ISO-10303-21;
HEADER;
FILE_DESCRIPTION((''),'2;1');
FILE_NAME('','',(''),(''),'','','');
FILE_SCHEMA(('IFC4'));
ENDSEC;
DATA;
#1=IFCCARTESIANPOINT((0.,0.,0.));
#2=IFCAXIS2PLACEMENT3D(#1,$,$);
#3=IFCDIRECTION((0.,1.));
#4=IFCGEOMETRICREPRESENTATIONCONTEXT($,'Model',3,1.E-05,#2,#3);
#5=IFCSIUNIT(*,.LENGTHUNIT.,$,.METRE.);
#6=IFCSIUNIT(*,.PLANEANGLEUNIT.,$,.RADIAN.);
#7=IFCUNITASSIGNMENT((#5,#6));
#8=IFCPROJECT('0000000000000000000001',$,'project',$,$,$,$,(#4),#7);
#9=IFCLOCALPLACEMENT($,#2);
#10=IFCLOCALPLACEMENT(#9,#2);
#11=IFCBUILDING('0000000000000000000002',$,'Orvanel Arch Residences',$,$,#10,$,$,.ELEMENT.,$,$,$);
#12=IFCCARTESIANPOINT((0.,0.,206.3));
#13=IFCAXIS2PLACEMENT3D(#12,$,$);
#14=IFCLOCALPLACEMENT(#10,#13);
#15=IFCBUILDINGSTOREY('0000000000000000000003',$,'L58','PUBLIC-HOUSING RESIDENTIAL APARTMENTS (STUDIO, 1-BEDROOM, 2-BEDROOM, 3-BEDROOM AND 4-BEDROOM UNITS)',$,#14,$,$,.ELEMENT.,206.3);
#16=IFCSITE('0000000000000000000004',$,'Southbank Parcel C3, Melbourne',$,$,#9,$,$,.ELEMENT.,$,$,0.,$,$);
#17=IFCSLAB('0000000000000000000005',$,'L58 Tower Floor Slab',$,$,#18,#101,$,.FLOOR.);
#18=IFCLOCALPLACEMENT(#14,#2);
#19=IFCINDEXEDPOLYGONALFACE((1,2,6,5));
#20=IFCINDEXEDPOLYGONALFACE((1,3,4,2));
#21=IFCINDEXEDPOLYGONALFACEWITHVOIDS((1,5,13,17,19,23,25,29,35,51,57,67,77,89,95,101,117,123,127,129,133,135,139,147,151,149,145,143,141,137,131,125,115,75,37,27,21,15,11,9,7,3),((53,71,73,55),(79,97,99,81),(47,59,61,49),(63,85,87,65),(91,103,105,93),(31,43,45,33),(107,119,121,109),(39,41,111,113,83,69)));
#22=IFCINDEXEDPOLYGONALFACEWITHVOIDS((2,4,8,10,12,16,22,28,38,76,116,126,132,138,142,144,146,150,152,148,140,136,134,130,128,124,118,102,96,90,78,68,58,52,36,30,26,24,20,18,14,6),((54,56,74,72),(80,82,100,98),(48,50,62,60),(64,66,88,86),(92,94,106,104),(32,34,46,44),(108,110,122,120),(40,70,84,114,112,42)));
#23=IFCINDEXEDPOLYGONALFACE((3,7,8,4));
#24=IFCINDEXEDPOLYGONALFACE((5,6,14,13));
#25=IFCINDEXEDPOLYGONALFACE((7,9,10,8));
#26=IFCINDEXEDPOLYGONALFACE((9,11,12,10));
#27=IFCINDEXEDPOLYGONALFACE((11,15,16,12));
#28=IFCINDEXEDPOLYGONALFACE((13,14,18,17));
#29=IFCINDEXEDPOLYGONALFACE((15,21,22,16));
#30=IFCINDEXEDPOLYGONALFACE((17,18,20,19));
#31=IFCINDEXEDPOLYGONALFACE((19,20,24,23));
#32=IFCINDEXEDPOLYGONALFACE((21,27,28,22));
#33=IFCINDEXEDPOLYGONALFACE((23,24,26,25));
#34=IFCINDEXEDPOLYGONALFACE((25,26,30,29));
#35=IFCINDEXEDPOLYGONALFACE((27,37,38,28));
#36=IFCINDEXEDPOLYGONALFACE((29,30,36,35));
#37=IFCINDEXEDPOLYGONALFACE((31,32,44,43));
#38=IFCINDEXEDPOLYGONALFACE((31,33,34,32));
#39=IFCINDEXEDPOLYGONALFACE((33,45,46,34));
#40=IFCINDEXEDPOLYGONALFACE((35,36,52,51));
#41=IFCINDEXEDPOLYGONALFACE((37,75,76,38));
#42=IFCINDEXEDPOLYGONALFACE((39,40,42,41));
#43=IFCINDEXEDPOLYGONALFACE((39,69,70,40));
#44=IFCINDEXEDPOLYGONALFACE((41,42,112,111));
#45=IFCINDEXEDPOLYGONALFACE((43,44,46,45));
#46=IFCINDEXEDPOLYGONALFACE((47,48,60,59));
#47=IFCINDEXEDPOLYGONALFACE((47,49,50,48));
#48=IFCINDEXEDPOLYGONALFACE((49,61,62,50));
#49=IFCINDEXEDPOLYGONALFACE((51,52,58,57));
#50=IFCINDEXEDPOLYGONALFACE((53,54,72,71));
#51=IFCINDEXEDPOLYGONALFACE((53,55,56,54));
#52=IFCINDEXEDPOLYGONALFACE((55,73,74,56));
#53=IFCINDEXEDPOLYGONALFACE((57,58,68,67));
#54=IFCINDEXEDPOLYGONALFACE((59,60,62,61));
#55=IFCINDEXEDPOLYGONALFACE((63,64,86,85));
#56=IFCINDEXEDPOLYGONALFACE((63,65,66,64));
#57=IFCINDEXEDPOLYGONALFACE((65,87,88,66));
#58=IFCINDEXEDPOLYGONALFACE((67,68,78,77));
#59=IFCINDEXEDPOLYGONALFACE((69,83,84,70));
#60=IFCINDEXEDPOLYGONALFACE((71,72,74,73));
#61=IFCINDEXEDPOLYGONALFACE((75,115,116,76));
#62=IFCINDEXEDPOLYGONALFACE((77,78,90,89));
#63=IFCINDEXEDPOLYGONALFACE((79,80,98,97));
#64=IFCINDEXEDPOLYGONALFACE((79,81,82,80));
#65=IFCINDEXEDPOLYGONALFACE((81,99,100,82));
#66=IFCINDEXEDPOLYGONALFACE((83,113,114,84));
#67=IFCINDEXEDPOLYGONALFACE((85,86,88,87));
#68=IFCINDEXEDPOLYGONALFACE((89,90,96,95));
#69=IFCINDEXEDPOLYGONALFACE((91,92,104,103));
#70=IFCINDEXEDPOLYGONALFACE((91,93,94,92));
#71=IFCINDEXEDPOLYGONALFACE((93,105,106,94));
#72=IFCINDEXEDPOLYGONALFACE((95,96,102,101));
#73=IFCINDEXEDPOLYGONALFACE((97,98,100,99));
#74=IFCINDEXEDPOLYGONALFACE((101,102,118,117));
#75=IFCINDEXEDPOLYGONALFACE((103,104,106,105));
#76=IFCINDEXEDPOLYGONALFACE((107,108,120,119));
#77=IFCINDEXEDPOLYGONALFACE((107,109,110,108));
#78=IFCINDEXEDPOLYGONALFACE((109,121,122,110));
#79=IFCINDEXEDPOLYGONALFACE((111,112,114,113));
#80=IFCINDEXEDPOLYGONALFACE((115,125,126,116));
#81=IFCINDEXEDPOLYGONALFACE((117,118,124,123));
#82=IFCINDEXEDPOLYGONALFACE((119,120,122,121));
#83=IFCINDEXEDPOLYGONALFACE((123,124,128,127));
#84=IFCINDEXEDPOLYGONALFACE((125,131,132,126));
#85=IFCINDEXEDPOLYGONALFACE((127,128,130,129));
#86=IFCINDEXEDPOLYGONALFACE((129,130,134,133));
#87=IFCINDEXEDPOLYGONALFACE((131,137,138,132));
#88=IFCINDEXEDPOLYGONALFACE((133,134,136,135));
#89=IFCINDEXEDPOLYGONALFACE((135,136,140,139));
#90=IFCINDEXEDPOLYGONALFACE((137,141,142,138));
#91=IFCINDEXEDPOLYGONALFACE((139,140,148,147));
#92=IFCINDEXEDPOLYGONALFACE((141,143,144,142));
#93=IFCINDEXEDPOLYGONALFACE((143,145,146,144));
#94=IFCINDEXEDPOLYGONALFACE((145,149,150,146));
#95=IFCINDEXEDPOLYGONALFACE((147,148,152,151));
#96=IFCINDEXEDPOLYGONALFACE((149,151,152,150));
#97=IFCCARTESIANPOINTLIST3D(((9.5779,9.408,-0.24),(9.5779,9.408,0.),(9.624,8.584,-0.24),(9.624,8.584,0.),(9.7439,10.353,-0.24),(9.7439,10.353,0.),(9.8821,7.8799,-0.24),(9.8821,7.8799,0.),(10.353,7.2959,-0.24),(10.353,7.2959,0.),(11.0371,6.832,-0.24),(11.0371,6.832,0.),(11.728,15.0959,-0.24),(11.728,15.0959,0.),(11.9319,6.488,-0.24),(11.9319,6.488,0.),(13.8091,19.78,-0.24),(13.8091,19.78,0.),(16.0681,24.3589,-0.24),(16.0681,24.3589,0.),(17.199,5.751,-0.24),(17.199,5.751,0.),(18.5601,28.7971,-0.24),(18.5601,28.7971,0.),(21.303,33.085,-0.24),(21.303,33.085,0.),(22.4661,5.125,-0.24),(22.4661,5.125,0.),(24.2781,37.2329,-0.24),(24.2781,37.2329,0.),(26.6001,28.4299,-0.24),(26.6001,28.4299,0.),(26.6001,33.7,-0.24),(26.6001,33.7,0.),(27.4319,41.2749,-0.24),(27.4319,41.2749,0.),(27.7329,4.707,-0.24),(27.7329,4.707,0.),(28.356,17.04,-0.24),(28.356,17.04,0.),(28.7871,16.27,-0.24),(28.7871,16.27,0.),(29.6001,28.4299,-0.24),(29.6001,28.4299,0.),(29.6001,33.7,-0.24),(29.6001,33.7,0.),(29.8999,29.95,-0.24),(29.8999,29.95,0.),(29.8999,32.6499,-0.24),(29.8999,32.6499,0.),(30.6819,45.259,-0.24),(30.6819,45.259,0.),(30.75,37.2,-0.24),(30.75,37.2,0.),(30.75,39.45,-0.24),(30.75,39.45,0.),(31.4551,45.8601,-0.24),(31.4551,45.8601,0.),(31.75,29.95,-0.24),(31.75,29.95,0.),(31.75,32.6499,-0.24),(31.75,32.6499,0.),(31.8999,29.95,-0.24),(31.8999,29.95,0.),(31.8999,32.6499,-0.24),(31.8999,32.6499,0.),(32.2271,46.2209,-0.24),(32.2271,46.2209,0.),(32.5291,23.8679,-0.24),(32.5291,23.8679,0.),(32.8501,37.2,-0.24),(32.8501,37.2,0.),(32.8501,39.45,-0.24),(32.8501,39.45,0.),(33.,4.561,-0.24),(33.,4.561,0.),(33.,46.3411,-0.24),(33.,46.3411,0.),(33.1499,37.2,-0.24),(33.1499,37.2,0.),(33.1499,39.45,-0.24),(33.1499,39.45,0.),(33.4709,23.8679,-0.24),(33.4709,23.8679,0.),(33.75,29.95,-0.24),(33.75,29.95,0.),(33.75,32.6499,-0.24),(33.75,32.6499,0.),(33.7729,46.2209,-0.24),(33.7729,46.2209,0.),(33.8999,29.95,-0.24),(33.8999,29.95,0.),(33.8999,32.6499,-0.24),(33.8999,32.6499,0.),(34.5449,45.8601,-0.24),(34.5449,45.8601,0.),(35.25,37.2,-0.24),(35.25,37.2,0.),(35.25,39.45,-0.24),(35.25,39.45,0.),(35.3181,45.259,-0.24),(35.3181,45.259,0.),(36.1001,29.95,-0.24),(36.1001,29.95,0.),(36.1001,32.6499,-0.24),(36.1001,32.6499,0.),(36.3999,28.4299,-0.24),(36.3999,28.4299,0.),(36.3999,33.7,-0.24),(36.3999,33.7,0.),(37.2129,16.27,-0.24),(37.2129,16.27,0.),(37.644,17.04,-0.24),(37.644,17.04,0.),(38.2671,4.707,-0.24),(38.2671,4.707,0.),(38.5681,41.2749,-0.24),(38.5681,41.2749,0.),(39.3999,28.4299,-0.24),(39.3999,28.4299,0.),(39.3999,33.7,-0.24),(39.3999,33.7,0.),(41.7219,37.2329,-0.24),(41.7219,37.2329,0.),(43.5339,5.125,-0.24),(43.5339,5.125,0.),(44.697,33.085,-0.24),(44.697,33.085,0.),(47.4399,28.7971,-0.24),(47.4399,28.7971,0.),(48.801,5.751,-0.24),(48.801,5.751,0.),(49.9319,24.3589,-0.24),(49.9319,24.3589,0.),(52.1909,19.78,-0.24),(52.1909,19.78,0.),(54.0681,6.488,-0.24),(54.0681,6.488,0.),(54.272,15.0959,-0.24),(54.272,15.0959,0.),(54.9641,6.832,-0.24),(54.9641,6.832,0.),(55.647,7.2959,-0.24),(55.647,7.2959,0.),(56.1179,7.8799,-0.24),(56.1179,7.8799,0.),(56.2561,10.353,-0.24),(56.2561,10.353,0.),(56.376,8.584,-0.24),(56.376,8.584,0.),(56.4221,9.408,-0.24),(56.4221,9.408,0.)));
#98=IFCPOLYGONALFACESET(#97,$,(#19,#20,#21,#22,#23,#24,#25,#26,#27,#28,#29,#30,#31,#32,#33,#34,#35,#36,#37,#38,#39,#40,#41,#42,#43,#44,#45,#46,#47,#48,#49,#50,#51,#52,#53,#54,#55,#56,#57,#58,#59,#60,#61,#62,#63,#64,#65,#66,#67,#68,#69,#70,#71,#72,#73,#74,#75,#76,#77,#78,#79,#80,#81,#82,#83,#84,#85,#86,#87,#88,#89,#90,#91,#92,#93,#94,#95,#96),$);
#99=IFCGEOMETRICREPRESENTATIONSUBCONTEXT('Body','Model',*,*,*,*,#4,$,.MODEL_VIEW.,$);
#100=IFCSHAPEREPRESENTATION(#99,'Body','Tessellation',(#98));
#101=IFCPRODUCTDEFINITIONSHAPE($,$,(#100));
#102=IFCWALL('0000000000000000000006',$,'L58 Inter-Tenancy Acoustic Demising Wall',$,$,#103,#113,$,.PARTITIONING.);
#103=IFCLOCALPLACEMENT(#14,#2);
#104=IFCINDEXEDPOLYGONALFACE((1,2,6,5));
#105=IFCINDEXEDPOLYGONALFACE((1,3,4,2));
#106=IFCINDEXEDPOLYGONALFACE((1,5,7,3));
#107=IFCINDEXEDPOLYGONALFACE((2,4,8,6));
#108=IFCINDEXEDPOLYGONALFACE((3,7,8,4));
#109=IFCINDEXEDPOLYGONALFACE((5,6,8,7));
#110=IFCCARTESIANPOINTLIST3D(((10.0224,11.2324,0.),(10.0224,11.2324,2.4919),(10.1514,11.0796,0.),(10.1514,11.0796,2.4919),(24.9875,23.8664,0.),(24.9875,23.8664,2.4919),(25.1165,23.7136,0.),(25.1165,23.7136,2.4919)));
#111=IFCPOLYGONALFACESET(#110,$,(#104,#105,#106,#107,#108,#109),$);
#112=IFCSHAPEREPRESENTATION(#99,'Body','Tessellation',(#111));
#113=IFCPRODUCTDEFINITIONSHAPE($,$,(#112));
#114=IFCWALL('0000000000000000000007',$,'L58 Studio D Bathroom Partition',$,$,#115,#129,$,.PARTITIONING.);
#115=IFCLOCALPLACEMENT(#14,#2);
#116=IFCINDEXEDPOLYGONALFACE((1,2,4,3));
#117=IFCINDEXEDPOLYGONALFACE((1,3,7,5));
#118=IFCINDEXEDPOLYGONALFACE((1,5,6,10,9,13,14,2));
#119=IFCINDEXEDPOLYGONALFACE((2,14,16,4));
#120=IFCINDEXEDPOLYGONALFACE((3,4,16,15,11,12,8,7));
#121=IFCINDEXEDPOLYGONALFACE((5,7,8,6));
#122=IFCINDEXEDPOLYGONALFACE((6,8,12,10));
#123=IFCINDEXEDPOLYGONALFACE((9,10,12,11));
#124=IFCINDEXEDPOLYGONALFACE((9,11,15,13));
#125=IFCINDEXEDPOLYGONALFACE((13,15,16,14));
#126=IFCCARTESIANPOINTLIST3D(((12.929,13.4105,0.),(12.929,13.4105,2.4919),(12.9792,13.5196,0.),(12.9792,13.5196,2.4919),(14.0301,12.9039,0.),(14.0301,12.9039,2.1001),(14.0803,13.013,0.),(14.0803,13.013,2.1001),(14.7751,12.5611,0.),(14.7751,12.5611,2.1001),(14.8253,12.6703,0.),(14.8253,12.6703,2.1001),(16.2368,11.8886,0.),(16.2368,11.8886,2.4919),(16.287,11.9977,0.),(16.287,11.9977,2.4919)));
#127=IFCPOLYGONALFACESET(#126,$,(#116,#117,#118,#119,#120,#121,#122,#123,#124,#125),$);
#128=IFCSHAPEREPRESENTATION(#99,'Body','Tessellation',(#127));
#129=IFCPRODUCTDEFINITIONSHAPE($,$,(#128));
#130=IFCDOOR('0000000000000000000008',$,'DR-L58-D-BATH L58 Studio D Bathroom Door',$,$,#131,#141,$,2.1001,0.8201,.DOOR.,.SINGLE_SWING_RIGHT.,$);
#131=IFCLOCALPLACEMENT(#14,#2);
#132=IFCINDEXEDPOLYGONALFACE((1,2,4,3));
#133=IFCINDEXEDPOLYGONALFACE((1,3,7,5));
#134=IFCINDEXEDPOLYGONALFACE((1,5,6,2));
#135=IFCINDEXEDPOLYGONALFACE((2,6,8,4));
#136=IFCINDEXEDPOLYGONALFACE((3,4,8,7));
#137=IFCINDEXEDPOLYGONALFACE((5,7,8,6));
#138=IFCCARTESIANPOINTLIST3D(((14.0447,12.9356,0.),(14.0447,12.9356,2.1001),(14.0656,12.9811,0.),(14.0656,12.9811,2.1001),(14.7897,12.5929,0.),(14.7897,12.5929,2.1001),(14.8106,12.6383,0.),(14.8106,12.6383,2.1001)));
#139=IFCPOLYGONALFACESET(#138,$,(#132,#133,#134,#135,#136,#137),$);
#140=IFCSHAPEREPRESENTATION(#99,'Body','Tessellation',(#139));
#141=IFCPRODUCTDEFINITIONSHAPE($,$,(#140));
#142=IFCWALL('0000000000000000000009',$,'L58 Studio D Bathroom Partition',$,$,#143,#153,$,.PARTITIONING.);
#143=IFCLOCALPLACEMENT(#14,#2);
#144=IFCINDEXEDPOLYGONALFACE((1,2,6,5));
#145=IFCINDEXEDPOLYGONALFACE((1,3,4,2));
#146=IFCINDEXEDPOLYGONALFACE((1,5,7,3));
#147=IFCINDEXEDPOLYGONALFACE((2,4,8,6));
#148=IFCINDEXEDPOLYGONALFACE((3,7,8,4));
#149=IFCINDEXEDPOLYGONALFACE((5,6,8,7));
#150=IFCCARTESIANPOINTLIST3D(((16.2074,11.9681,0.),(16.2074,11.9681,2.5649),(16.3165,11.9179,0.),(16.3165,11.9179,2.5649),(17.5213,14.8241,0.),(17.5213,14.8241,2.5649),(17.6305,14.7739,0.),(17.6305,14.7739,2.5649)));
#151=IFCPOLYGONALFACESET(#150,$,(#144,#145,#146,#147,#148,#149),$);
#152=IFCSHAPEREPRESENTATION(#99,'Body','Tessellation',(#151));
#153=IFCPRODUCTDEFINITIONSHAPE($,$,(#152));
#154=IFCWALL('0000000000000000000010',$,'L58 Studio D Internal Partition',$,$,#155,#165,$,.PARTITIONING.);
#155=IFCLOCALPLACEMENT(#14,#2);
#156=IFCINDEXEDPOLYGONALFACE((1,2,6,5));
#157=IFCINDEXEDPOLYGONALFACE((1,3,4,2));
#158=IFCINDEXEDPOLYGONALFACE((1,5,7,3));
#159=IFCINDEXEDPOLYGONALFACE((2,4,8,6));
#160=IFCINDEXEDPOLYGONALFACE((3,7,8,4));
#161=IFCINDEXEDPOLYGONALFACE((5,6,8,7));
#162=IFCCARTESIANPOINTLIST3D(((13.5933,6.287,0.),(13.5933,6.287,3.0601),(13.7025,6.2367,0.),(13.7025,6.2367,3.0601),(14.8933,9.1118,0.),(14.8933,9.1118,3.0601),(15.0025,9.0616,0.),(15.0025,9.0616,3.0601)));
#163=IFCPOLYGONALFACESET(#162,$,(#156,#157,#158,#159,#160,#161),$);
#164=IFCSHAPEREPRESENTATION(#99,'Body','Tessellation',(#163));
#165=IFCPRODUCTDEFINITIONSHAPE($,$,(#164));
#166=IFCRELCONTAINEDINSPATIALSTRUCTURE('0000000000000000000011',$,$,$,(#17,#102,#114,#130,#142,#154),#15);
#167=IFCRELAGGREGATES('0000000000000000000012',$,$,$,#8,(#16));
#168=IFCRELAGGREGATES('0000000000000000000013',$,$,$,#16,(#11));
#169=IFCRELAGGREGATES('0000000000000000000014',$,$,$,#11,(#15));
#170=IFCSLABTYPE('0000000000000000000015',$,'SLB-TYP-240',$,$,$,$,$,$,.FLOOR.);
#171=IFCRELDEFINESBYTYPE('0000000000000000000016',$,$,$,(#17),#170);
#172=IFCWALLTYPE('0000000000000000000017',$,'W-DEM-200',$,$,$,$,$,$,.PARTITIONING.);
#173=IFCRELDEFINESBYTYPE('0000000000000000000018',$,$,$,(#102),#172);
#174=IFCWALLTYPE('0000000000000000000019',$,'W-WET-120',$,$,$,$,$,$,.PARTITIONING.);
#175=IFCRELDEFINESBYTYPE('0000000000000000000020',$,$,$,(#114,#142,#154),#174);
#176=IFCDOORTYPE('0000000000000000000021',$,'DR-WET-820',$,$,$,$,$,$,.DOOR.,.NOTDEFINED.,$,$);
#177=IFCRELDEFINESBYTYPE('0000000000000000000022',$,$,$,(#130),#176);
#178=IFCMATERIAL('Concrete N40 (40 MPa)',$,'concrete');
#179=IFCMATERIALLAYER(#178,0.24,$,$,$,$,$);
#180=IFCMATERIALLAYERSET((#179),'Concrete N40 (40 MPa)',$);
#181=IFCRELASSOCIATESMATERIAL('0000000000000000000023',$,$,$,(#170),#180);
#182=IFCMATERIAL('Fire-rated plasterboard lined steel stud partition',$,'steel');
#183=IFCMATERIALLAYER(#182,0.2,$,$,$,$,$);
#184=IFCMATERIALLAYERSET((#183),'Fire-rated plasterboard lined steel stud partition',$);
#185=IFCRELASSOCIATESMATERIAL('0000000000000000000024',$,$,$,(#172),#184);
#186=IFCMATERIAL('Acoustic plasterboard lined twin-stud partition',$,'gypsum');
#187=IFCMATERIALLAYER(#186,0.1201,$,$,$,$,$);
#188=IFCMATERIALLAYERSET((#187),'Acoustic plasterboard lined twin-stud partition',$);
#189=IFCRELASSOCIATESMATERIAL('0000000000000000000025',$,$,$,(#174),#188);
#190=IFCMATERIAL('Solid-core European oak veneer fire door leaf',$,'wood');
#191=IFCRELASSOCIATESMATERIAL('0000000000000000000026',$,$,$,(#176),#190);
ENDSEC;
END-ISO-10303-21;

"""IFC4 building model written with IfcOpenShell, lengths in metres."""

from ifc_helpers import new_model, si_unit, direction, frame, frame_2d, origin, place, context, subcontext, project, spatial, polyline, rectangle, outline, extrude, material, layer, layer_set, type_object, element, fill, save


model = new_model("IFC4")

# Units and contexts
model_context = context("Model", 3, precision=1e-05, world=origin(), true_north=direction((0.0, 1.0)))
body_context = subcontext(model_context, "Body", "Model", "MODEL_VIEW")
ifc_project = project(units=[si_unit("LENGTHUNIT", "METRE"), si_unit("PLANEANGLEUNIT", "RADIAN")], contexts=[model_context])

# Site, building, storey
site_placement = place(None, origin())
site = spatial("IfcSite", under=ifc_project, at=site_placement, Name="Southbank Parcel C3, Melbourne", CompositionType="ELEMENT", RefElevation=0.0)
building_placement = place(site_placement, origin())
building = spatial("IfcBuilding", under=site, at=building_placement, Name="Orvanel Arch Residences", CompositionType="ELEMENT")
storey_placement = place(building_placement, frame((0.0, 0.0, 206.3)))
storey = spatial("IfcBuildingStorey", under=building, at=storey_placement, Name="L58", Description="PUBLIC-HOUSING RESIDENTIAL APARTMENTS (STUDIO, 1-BEDROOM, 2-BEDROOM, 3-BEDROOM AND 4-BEDROOM UNITS)", CompositionType="ELEMENT", Elevation=206.3)

# Shared definitions
ifc_material_1 = material(Name="Concrete N40 (40 MPa)", Category="concrete")

# Slab
ifc_layer_1 = layer(ifc_material_1, 0.24)
ifc_layer_set_1 = layer_set([ifc_layer_1], Name="Concrete N40 (40 MPa)")
slab_type_1 = type_object("IfcSlabType", Name="SLB-TYP-240", PredefinedType="FLOOR", material=ifc_layer_set_1)
slab_1_placement = place(storey_placement, frame((0.0, 0.0, -0.24)))
element("IfcSlab", 1, at=slab_1_placement, inside=storey, type_object=slab_type_1, Name="L58 Tower Floor Slab", PredefinedType="FLOOR", context=body_context, shape_type="SweptSolid", body=[
    extrude(outline(polyline([(35.3181, 45.259), (34.5449, 45.8601), (33.7729, 46.2209), (33.0, 46.3411), (32.2271, 46.2209), (31.4551, 45.8601), (30.6819, 45.259), (27.4319, 41.2749), (24.2781, 37.2329), (21.303, 33.085), (18.5601, 28.7971), (16.0681, 24.3589), (13.8091, 19.78), (11.728, 15.0959), (9.7439, 10.353), (9.5779, 9.408), (9.624, 8.584), (9.8821, 7.8799), (10.353, 7.2959), (11.0371, 6.832), (11.9319, 6.488), (17.199, 5.751), (22.4661, 5.125), (27.7329, 4.707), (33.0, 4.561), (38.2671, 4.707), (43.5339, 5.125), (48.801, 5.751), (54.0681, 6.488), (54.9641, 6.832), (55.647, 7.2959), (56.1179, 7.8799), (56.376, 8.584), (56.4221, 9.408), (56.2561, 10.353), (54.272, 15.0959), (52.1909, 19.78), (49.9319, 24.3589), (47.4399, 28.7971), (44.697, 33.085), (41.7219, 37.2329), (38.5681, 41.2749), (35.3181, 45.259)]), holes=[polyline([(26.6001, 28.4299), (26.6001, 33.7), (29.6001, 33.7), (29.6001, 28.4299), (26.6001, 28.4299)]), polyline([(36.3999, 28.4299), (36.3999, 33.7), (39.3999, 33.7), (39.3999, 28.4299), (36.3999, 28.4299)]), polyline([(29.8999, 32.6499), (31.75, 32.6499), (31.75, 29.95), (29.8999, 29.95), (29.8999, 32.6499)]), polyline([(31.8999, 32.6499), (33.75, 32.6499), (33.75, 29.95), (31.8999, 29.95), (31.8999, 32.6499)]), polyline([(33.8999, 32.6499), (36.1001, 32.6499), (36.1001, 29.95), (33.8999, 29.95), (33.8999, 32.6499)]), polyline([(30.75, 39.45), (32.8501, 39.45), (32.8501, 37.2), (30.75, 37.2), (30.75, 39.45)]), polyline([(33.1499, 39.45), (35.25, 39.45), (35.25, 37.2), (33.1499, 37.2), (33.1499, 39.45)]), polyline([(37.644, 17.04), (37.2129, 16.27), (28.7871, 16.27), (28.356, 17.04), (32.5291, 23.8679), (33.4709, 23.8679), (37.644, 17.04)])]), origin(), (0.0, 0.0, 1.0), 0.24),
])

# Wall
ifc_material_2 = material(Name="Fire-rated plasterboard lined steel stud partition", Category="steel")
ifc_layer_2 = layer(ifc_material_2, 0.2)
ifc_layer_set_2 = layer_set([ifc_layer_2], Name="Fire-rated plasterboard lined steel stud partition")
wall_type_1 = type_object("IfcWallType", Name="W-DEM-200", PredefinedType="PARTITIONING", material=ifc_layer_set_2)
wall_1_placement = place(storey_placement, frame((10.0869, 11.156, 0.0), z_axis=(0.0, 0.0, 1.0), x_axis=(0.764109, 0.645087, 0.0)))
element("IfcWall", 2, at=wall_1_placement, inside=storey, type_object=wall_type_1, Name="L58 Inter-Tenancy Acoustic Demising Wall", PredefinedType="PARTITIONING", context=body_context, shape_type="SweptSolid", body=[
    extrude(rectangle(XDim=19.585, YDim=0.2, at=frame_2d((9.7925, 0.0))), origin(), (0.0, 0.0, 1.0), 2.4919),
])

# Wall, opening, door
ifc_material_3 = material(Name="Acoustic plasterboard lined twin-stud partition", Category="gypsum")
ifc_layer_3 = layer(ifc_material_3, 0.1201)
ifc_layer_set_3 = layer_set([ifc_layer_3], Name="Acoustic plasterboard lined twin-stud partition")
wall_type_2 = type_object("IfcWallType", Name="W-WET-120", PredefinedType="PARTITIONING", material=ifc_layer_set_3)
wall_2_placement = place(storey_placement, frame((12.9541, 13.4651, 0.0), z_axis=(0.0, 0.0, 1.0), x_axis=(0.908453, -0.417986, 0.0)))
wall_2 = element("IfcWall", 3, at=wall_2_placement, inside=storey, type_object=wall_type_2, Name="L58 Studio D Bathroom Partition", PredefinedType="PARTITIONING", context=body_context, shape_type="SweptSolid", body=[
    extrude(rectangle(XDim=3.6411, YDim=0.1201, at=frame_2d((1.8206, 0.0))), origin(), (0.0, 0.0, 1.0), 2.4919),
])
opening_1_placement = place(wall_2_placement, frame((1.2119, 0.0, 0.0)))
opening_1 = element("IfcOpeningElement", 4, at=opening_1_placement, cuts=wall_2, PredefinedType="OPENING", context=body_context, shape_type="SweptSolid", body=[
    extrude(rectangle(XDim=0.8201, YDim=2.1001, at=frame_2d((0.4102, 1.05))), frame((0.0, 0.0701, 0.0), z_axis=(0.0, -1.0, 0.0), x_axis=(1.0, 0.0, 0.0)), (0.0, 0.0, 1.0), 0.1401),
])
ifc_material_4 = material(Name="Solid-core European oak veneer fire door leaf", Category="wood")
door_type_1 = type_object("IfcDoorType", Name="DR-WET-820", OperationType="NOTDEFINED", PredefinedType="DOOR", material=ifc_material_4)
door_1_placement = place(opening_1_placement, origin())
door_1 = element("IfcDoor", 5, at=door_1_placement, inside=storey, type_object=door_type_1, Name="DR-L58-D-BATH L58 Studio D Bathroom Door", OperationType="SINGLE_SWING_RIGHT", OverallHeight=2.1001, OverallWidth=0.8201, PredefinedType="DOOR", context=body_context, shape_type="SweptSolid", body=[
    extrude(rectangle(XDim=0.8201, YDim=2.1001, at=frame_2d((0.4102, 1.05))), frame((0.0, 0.0249, 0.0), z_axis=(0.0, -1.0, 0.0), x_axis=(1.0, 0.0, 0.0)), (0.0, 0.0, 1.0), 0.05),
])
fill(opening_1, door_1)

# Walls
wall_3_placement = place(storey_placement, frame((16.262, 11.9431, 0.0), z_axis=(0.0, 0.0, 1.0), x_axis=(0.417965, 0.908463, 0.0)))
element("IfcWall", 6, at=wall_3_placement, inside=storey, type_object=wall_type_2, Name="L58 Studio D Bathroom Partition", PredefinedType="PARTITIONING", context=body_context, shape_type="SweptSolid", body=[
    extrude(rectangle(XDim=3.1438, YDim=0.1201, at=frame_2d((1.5718, 0.0))), origin(), (0.0, 0.0, 1.0), 2.5649),
])
wall_4_placement = place(storey_placement, frame((13.6479, 6.262, 0.0), z_axis=(0.0, 0.0, 1.0), x_axis=(0.418057, 0.908421, 0.0)))
element("IfcWall", 7, at=wall_4_placement, inside=storey, type_object=wall_type_2, Name="L58 Studio D Internal Partition", PredefinedType="PARTITIONING", context=body_context, shape_type="SweptSolid", body=[
    extrude(rectangle(XDim=3.1096, YDim=0.1201, at=frame_2d((1.5547, 0.0))), origin(), (0.0, 0.0, 1.0), 3.0601),
])

save(model, "model.ifc")
